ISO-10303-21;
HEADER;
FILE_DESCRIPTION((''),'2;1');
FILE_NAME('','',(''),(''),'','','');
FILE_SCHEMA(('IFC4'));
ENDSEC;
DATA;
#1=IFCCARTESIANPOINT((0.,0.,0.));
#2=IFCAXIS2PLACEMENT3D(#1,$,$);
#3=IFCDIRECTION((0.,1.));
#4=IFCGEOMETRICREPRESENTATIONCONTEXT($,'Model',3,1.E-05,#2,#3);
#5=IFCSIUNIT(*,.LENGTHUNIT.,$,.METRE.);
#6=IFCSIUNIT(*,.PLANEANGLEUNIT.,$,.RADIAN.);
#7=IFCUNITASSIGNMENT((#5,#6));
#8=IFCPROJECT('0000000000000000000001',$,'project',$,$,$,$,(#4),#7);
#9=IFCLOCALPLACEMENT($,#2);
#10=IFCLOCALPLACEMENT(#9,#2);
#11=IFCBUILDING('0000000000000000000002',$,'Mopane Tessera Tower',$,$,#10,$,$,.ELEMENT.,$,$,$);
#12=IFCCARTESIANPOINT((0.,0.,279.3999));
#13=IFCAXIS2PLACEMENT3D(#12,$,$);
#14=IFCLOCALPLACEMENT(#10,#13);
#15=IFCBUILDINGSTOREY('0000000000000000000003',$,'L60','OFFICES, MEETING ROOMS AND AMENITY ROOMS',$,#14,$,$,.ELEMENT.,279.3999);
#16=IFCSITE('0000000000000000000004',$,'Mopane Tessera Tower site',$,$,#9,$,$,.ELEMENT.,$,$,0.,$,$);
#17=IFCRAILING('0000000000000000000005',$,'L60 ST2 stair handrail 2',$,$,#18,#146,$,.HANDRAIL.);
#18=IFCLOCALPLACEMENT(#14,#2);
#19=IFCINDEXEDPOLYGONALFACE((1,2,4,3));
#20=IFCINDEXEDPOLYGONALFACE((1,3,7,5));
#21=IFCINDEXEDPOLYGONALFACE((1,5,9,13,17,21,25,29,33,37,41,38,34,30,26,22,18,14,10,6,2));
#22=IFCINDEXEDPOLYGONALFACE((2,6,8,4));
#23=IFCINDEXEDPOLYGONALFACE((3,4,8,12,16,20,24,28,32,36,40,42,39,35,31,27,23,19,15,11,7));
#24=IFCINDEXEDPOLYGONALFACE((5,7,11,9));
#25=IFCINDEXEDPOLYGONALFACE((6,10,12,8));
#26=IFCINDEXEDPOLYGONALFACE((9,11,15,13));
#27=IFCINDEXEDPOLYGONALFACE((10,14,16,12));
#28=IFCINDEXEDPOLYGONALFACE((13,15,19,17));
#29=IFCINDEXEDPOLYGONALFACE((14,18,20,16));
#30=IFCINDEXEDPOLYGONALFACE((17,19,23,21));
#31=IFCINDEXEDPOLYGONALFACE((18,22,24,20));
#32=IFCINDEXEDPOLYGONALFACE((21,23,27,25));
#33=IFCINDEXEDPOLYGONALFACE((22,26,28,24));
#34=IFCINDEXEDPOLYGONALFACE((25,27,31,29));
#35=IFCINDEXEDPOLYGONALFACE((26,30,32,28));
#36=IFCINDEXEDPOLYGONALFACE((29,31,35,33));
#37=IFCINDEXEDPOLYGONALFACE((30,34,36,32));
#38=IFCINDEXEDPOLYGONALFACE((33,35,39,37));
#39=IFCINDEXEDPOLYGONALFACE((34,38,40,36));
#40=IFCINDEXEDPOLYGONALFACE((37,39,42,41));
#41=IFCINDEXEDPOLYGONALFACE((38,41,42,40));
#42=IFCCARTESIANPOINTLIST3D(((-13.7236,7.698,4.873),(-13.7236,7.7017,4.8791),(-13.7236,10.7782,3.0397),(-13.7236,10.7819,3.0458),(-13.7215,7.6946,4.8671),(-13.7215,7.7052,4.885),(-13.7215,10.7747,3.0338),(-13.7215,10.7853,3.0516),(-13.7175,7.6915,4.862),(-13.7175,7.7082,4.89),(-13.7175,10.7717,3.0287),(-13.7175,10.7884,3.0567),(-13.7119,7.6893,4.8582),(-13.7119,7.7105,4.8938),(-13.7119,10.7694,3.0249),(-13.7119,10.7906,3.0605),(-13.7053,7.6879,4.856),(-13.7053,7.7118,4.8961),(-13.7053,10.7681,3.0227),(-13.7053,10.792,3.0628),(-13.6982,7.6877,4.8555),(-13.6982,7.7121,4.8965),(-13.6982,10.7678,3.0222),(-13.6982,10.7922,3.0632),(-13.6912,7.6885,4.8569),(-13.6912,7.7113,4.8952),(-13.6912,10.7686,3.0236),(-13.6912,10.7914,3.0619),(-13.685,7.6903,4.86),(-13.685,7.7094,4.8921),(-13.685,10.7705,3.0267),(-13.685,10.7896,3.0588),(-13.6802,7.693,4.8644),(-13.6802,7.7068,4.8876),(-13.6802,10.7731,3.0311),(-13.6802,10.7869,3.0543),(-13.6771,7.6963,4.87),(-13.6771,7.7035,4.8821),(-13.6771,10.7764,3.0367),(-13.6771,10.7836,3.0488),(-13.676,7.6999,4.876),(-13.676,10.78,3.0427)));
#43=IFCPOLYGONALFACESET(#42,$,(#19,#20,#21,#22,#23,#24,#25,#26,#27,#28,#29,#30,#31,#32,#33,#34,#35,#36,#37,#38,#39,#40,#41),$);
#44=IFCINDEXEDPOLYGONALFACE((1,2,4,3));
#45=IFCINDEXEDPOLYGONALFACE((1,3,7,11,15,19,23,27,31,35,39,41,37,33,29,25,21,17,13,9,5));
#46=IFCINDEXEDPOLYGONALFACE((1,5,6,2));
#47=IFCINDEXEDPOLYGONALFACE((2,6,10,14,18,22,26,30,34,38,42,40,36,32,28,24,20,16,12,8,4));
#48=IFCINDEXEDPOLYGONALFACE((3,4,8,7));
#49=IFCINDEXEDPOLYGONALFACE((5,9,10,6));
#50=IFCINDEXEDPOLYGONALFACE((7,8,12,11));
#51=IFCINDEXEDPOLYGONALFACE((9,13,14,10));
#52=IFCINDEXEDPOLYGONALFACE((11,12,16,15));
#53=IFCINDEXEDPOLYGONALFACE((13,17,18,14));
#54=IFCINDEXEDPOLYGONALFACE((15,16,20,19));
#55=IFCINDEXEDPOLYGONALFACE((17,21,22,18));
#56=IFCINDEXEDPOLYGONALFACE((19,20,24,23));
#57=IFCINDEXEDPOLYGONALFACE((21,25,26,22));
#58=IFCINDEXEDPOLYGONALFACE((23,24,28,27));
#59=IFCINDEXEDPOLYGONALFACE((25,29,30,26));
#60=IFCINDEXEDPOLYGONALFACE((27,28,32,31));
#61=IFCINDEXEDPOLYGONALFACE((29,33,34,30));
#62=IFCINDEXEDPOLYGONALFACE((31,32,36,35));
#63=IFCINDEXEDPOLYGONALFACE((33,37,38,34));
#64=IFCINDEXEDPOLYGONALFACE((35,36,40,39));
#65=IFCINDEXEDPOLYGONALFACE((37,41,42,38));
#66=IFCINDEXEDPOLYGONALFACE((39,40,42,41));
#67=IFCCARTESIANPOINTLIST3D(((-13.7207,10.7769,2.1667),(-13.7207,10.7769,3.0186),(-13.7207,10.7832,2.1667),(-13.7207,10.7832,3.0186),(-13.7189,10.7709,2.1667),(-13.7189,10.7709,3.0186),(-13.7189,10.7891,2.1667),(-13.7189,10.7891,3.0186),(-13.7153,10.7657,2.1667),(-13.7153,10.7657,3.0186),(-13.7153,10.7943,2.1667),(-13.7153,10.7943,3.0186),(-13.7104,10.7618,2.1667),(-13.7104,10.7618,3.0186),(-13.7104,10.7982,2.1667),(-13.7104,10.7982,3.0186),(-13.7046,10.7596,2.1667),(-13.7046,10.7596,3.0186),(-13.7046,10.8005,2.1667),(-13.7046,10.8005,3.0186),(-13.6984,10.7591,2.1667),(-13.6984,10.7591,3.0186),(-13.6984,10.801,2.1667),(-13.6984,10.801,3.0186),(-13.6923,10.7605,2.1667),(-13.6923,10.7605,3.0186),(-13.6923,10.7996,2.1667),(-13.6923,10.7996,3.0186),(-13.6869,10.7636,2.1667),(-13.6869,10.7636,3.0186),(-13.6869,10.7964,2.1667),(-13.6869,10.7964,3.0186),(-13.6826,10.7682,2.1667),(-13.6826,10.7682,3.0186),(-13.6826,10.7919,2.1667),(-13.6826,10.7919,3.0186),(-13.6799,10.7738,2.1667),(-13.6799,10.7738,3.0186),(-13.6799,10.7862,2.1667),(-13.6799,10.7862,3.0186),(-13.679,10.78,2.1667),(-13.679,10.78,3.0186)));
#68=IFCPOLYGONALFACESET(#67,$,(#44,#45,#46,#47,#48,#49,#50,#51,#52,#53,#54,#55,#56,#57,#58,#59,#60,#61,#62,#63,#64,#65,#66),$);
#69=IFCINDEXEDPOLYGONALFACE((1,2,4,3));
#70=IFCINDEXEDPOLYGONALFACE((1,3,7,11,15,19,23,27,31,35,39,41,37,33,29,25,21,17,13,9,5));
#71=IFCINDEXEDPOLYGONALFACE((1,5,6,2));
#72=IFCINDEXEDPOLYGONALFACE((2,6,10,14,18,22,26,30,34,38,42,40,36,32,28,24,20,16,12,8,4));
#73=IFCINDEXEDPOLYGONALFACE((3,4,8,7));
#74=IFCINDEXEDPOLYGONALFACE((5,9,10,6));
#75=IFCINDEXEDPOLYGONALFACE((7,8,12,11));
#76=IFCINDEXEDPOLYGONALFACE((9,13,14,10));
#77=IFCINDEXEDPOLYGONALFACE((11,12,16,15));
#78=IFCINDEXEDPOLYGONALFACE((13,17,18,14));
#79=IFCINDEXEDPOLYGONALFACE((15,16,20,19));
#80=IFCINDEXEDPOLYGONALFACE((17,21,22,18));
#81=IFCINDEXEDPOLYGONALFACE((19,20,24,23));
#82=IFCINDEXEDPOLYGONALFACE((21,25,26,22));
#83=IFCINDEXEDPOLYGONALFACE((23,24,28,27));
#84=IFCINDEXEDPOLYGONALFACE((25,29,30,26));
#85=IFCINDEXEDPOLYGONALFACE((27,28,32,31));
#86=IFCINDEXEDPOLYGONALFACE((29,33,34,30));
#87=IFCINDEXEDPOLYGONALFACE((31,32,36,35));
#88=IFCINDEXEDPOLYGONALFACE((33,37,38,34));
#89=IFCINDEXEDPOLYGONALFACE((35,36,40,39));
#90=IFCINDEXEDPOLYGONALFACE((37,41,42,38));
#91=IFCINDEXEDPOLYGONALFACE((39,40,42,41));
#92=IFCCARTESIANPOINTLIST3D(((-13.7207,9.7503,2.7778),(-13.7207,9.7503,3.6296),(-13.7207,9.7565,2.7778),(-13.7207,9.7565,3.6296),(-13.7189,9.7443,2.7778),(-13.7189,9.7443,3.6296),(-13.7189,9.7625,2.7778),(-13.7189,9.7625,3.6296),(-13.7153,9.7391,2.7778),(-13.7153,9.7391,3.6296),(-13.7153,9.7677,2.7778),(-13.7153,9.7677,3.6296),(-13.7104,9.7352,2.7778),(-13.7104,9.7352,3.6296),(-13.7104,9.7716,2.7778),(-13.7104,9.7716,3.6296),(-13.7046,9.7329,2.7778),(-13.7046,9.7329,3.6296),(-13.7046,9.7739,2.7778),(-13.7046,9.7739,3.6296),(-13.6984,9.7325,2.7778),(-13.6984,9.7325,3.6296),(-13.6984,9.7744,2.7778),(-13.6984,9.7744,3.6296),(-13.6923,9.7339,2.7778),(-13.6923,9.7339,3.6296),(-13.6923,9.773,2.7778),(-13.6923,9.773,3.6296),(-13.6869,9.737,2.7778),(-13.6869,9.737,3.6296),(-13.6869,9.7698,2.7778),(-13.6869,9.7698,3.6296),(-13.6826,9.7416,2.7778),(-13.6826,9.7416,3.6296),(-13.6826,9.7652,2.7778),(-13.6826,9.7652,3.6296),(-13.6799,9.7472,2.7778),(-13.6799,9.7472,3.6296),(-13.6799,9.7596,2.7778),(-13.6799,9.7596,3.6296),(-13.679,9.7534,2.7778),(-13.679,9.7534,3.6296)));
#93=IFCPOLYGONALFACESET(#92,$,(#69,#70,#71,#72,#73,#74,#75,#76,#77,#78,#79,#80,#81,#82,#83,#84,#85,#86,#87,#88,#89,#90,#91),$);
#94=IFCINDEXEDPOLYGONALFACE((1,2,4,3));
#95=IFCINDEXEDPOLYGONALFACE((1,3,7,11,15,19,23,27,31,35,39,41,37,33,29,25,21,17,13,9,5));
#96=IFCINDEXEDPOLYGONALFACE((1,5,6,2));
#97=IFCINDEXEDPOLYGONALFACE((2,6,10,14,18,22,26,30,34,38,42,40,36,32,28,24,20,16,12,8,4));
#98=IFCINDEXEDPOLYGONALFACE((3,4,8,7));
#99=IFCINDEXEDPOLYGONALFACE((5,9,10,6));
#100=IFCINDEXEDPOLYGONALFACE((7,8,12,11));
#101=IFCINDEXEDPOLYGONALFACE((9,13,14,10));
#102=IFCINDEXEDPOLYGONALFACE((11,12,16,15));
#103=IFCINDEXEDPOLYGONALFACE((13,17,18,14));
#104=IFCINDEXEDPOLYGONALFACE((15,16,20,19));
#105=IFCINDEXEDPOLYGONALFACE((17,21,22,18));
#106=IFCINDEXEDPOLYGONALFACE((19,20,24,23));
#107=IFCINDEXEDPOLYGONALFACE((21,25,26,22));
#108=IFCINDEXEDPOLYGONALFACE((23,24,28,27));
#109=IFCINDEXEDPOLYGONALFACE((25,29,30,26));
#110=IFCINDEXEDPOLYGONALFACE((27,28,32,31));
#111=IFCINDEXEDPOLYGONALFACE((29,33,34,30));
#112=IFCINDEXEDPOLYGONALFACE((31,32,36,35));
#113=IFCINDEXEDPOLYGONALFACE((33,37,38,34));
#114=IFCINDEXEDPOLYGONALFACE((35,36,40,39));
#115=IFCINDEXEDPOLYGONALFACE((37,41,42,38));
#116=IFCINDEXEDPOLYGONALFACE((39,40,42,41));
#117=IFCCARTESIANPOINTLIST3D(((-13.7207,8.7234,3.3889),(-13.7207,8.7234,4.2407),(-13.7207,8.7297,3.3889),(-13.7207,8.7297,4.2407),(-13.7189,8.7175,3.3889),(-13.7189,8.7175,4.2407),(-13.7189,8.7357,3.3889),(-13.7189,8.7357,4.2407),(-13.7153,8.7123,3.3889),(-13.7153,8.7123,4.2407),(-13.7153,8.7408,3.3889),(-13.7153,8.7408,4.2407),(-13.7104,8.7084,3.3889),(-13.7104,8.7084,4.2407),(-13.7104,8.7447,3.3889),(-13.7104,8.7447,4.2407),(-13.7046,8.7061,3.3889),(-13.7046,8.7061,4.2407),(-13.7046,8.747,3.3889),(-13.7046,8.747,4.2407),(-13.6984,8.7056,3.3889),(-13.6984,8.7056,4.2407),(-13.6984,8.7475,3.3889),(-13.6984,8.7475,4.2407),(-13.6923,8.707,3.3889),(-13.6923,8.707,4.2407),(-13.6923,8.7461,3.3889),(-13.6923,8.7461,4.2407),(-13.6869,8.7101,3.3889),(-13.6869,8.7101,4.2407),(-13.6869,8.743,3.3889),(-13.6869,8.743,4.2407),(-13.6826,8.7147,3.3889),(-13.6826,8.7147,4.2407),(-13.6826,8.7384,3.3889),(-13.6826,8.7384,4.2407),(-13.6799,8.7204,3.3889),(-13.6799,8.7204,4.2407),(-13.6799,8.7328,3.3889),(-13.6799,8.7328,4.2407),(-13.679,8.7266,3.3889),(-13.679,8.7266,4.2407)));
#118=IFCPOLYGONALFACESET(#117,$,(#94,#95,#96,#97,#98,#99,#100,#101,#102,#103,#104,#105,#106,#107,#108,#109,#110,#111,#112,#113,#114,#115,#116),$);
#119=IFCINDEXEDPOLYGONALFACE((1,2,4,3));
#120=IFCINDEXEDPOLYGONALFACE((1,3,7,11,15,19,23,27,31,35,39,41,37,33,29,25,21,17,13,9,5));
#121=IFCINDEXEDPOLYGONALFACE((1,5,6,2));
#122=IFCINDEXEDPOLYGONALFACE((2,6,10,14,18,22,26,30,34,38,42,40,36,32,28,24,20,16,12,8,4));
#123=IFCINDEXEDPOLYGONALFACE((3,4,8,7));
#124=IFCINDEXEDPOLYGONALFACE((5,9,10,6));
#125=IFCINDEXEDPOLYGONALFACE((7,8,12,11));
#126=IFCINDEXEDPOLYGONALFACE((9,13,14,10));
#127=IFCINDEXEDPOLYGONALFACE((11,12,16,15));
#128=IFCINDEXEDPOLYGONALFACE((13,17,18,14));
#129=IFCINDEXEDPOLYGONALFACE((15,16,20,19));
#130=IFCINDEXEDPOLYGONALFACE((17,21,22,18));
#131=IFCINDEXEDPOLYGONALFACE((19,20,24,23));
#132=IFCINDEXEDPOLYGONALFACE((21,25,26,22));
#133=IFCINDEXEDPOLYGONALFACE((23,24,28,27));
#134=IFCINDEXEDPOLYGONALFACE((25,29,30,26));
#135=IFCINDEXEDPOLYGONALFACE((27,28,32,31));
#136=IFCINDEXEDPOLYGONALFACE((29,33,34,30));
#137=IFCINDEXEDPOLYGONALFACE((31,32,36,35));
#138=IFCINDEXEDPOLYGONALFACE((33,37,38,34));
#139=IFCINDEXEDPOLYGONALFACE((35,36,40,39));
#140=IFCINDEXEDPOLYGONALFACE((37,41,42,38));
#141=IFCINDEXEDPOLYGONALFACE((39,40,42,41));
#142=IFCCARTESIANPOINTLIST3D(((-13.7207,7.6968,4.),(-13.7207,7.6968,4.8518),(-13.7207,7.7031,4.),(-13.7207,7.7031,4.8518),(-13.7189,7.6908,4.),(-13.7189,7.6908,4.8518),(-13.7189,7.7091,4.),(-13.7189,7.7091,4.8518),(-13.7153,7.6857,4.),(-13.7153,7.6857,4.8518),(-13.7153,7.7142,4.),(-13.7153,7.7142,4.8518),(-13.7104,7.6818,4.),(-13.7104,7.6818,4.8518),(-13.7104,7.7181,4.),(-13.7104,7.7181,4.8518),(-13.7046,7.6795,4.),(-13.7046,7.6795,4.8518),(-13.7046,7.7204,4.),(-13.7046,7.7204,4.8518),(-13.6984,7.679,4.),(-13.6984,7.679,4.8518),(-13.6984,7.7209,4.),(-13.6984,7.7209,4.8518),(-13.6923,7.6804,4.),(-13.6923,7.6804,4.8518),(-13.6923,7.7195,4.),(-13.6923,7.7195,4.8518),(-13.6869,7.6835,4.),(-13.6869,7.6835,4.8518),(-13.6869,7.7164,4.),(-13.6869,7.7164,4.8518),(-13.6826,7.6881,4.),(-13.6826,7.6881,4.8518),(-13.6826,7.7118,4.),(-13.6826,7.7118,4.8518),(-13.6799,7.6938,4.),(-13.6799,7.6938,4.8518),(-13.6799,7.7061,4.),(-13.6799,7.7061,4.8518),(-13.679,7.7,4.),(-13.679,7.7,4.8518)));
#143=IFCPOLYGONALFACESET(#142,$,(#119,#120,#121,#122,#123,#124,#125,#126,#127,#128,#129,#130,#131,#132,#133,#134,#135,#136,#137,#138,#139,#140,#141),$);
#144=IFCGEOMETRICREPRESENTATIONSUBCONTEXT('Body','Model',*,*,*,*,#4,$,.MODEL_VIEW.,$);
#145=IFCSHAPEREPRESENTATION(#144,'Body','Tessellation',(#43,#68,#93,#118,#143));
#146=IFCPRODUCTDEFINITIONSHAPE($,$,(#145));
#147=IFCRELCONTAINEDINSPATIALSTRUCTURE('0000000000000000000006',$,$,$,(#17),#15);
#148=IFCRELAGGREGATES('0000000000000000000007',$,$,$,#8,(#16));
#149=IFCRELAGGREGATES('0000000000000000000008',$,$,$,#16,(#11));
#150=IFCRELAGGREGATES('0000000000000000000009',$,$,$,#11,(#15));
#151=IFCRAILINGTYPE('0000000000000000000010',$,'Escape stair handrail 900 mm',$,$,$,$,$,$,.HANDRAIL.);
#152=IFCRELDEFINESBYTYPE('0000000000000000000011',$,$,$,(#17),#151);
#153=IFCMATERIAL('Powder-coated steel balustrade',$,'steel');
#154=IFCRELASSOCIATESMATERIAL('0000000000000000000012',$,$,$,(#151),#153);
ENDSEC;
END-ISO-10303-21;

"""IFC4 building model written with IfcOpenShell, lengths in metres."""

from ifc_helpers import new_model, si_unit, direction, frame, origin, origin_2d, place, context, subcontext, project, spatial, circle, extrude, material, type_object, element, save


model = new_model("IFC4")

# Units and contexts
model_context = context("Model", 3, precision=1e-05, world=origin(), true_north=direction((0.0, 1.0)))
body_context = subcontext(model_context, "Body", "Model", "MODEL_VIEW")
ifc_project = project(units=[si_unit("LENGTHUNIT", "METRE"), si_unit("PLANEANGLEUNIT", "RADIAN")], contexts=[model_context])

# Site, building, storey
site_placement = place(None, origin())
site = spatial("IfcSite", under=ifc_project, at=site_placement, Name="Mopane Tessera Tower site", CompositionType="ELEMENT", RefElevation=0.0)
building_placement = place(site_placement, origin())
building = spatial("IfcBuilding", under=site, at=building_placement, Name="Mopane Tessera Tower", CompositionType="ELEMENT")
storey_placement = place(building_placement, frame((0.0, 0.0, 279.3999)))
storey = spatial("IfcBuildingStorey", under=building, at=storey_placement, Name="L60", Description="OFFICES, MEETING ROOMS AND AMENITY ROOMS", CompositionType="ELEMENT", Elevation=279.3999)

# Railing
ifc_material_1 = material(Name="Powder-coated steel balustrade", Category="steel")
railing_type_1 = type_object("IfcRailingType", Name="Escape stair handrail 900 mm", PredefinedType="HANDRAIL", material=ifc_material_1)
railing_1_placement = place(storey_placement, frame((-13.7, 10.78, 2.1667)))
element("IfcRailing", 1, at=railing_1_placement, inside=storey, type_object=railing_type_1, Name="L60 ST2 stair handrail 2", PredefinedType="HANDRAIL", context=body_context, shape_type="SweptSolid", body=[
    extrude(circle(Radius=0.0239, at=origin_2d()), frame((0.0, 0.0, 0.876), z_axis=(0.0, -0.859309, 0.511458), x_axis=(1.0, 0.0, 0.0)), (0.0, 0.0, 1.0), 3.5845),
    extrude(circle(Radius=0.021, at=origin_2d()), origin(), (0.0, 0.0, 1.0), 0.8518),
    extrude(circle(Radius=0.021, at=origin_2d()), frame((0.0, -1.0266, 0.6111)), (0.0, 0.0, 1.0), 0.8518),
    extrude(circle(Radius=0.021, at=origin_2d()), frame((0.0, -2.0535, 1.2222)), (0.0, 0.0, 1.0), 0.8518),
    extrude(circle(Radius=0.021, at=origin_2d()), frame((0.0, -3.0801, 1.8333)), (0.0, 0.0, 1.0), 0.8518),
])

save(model, "model.ifc")
